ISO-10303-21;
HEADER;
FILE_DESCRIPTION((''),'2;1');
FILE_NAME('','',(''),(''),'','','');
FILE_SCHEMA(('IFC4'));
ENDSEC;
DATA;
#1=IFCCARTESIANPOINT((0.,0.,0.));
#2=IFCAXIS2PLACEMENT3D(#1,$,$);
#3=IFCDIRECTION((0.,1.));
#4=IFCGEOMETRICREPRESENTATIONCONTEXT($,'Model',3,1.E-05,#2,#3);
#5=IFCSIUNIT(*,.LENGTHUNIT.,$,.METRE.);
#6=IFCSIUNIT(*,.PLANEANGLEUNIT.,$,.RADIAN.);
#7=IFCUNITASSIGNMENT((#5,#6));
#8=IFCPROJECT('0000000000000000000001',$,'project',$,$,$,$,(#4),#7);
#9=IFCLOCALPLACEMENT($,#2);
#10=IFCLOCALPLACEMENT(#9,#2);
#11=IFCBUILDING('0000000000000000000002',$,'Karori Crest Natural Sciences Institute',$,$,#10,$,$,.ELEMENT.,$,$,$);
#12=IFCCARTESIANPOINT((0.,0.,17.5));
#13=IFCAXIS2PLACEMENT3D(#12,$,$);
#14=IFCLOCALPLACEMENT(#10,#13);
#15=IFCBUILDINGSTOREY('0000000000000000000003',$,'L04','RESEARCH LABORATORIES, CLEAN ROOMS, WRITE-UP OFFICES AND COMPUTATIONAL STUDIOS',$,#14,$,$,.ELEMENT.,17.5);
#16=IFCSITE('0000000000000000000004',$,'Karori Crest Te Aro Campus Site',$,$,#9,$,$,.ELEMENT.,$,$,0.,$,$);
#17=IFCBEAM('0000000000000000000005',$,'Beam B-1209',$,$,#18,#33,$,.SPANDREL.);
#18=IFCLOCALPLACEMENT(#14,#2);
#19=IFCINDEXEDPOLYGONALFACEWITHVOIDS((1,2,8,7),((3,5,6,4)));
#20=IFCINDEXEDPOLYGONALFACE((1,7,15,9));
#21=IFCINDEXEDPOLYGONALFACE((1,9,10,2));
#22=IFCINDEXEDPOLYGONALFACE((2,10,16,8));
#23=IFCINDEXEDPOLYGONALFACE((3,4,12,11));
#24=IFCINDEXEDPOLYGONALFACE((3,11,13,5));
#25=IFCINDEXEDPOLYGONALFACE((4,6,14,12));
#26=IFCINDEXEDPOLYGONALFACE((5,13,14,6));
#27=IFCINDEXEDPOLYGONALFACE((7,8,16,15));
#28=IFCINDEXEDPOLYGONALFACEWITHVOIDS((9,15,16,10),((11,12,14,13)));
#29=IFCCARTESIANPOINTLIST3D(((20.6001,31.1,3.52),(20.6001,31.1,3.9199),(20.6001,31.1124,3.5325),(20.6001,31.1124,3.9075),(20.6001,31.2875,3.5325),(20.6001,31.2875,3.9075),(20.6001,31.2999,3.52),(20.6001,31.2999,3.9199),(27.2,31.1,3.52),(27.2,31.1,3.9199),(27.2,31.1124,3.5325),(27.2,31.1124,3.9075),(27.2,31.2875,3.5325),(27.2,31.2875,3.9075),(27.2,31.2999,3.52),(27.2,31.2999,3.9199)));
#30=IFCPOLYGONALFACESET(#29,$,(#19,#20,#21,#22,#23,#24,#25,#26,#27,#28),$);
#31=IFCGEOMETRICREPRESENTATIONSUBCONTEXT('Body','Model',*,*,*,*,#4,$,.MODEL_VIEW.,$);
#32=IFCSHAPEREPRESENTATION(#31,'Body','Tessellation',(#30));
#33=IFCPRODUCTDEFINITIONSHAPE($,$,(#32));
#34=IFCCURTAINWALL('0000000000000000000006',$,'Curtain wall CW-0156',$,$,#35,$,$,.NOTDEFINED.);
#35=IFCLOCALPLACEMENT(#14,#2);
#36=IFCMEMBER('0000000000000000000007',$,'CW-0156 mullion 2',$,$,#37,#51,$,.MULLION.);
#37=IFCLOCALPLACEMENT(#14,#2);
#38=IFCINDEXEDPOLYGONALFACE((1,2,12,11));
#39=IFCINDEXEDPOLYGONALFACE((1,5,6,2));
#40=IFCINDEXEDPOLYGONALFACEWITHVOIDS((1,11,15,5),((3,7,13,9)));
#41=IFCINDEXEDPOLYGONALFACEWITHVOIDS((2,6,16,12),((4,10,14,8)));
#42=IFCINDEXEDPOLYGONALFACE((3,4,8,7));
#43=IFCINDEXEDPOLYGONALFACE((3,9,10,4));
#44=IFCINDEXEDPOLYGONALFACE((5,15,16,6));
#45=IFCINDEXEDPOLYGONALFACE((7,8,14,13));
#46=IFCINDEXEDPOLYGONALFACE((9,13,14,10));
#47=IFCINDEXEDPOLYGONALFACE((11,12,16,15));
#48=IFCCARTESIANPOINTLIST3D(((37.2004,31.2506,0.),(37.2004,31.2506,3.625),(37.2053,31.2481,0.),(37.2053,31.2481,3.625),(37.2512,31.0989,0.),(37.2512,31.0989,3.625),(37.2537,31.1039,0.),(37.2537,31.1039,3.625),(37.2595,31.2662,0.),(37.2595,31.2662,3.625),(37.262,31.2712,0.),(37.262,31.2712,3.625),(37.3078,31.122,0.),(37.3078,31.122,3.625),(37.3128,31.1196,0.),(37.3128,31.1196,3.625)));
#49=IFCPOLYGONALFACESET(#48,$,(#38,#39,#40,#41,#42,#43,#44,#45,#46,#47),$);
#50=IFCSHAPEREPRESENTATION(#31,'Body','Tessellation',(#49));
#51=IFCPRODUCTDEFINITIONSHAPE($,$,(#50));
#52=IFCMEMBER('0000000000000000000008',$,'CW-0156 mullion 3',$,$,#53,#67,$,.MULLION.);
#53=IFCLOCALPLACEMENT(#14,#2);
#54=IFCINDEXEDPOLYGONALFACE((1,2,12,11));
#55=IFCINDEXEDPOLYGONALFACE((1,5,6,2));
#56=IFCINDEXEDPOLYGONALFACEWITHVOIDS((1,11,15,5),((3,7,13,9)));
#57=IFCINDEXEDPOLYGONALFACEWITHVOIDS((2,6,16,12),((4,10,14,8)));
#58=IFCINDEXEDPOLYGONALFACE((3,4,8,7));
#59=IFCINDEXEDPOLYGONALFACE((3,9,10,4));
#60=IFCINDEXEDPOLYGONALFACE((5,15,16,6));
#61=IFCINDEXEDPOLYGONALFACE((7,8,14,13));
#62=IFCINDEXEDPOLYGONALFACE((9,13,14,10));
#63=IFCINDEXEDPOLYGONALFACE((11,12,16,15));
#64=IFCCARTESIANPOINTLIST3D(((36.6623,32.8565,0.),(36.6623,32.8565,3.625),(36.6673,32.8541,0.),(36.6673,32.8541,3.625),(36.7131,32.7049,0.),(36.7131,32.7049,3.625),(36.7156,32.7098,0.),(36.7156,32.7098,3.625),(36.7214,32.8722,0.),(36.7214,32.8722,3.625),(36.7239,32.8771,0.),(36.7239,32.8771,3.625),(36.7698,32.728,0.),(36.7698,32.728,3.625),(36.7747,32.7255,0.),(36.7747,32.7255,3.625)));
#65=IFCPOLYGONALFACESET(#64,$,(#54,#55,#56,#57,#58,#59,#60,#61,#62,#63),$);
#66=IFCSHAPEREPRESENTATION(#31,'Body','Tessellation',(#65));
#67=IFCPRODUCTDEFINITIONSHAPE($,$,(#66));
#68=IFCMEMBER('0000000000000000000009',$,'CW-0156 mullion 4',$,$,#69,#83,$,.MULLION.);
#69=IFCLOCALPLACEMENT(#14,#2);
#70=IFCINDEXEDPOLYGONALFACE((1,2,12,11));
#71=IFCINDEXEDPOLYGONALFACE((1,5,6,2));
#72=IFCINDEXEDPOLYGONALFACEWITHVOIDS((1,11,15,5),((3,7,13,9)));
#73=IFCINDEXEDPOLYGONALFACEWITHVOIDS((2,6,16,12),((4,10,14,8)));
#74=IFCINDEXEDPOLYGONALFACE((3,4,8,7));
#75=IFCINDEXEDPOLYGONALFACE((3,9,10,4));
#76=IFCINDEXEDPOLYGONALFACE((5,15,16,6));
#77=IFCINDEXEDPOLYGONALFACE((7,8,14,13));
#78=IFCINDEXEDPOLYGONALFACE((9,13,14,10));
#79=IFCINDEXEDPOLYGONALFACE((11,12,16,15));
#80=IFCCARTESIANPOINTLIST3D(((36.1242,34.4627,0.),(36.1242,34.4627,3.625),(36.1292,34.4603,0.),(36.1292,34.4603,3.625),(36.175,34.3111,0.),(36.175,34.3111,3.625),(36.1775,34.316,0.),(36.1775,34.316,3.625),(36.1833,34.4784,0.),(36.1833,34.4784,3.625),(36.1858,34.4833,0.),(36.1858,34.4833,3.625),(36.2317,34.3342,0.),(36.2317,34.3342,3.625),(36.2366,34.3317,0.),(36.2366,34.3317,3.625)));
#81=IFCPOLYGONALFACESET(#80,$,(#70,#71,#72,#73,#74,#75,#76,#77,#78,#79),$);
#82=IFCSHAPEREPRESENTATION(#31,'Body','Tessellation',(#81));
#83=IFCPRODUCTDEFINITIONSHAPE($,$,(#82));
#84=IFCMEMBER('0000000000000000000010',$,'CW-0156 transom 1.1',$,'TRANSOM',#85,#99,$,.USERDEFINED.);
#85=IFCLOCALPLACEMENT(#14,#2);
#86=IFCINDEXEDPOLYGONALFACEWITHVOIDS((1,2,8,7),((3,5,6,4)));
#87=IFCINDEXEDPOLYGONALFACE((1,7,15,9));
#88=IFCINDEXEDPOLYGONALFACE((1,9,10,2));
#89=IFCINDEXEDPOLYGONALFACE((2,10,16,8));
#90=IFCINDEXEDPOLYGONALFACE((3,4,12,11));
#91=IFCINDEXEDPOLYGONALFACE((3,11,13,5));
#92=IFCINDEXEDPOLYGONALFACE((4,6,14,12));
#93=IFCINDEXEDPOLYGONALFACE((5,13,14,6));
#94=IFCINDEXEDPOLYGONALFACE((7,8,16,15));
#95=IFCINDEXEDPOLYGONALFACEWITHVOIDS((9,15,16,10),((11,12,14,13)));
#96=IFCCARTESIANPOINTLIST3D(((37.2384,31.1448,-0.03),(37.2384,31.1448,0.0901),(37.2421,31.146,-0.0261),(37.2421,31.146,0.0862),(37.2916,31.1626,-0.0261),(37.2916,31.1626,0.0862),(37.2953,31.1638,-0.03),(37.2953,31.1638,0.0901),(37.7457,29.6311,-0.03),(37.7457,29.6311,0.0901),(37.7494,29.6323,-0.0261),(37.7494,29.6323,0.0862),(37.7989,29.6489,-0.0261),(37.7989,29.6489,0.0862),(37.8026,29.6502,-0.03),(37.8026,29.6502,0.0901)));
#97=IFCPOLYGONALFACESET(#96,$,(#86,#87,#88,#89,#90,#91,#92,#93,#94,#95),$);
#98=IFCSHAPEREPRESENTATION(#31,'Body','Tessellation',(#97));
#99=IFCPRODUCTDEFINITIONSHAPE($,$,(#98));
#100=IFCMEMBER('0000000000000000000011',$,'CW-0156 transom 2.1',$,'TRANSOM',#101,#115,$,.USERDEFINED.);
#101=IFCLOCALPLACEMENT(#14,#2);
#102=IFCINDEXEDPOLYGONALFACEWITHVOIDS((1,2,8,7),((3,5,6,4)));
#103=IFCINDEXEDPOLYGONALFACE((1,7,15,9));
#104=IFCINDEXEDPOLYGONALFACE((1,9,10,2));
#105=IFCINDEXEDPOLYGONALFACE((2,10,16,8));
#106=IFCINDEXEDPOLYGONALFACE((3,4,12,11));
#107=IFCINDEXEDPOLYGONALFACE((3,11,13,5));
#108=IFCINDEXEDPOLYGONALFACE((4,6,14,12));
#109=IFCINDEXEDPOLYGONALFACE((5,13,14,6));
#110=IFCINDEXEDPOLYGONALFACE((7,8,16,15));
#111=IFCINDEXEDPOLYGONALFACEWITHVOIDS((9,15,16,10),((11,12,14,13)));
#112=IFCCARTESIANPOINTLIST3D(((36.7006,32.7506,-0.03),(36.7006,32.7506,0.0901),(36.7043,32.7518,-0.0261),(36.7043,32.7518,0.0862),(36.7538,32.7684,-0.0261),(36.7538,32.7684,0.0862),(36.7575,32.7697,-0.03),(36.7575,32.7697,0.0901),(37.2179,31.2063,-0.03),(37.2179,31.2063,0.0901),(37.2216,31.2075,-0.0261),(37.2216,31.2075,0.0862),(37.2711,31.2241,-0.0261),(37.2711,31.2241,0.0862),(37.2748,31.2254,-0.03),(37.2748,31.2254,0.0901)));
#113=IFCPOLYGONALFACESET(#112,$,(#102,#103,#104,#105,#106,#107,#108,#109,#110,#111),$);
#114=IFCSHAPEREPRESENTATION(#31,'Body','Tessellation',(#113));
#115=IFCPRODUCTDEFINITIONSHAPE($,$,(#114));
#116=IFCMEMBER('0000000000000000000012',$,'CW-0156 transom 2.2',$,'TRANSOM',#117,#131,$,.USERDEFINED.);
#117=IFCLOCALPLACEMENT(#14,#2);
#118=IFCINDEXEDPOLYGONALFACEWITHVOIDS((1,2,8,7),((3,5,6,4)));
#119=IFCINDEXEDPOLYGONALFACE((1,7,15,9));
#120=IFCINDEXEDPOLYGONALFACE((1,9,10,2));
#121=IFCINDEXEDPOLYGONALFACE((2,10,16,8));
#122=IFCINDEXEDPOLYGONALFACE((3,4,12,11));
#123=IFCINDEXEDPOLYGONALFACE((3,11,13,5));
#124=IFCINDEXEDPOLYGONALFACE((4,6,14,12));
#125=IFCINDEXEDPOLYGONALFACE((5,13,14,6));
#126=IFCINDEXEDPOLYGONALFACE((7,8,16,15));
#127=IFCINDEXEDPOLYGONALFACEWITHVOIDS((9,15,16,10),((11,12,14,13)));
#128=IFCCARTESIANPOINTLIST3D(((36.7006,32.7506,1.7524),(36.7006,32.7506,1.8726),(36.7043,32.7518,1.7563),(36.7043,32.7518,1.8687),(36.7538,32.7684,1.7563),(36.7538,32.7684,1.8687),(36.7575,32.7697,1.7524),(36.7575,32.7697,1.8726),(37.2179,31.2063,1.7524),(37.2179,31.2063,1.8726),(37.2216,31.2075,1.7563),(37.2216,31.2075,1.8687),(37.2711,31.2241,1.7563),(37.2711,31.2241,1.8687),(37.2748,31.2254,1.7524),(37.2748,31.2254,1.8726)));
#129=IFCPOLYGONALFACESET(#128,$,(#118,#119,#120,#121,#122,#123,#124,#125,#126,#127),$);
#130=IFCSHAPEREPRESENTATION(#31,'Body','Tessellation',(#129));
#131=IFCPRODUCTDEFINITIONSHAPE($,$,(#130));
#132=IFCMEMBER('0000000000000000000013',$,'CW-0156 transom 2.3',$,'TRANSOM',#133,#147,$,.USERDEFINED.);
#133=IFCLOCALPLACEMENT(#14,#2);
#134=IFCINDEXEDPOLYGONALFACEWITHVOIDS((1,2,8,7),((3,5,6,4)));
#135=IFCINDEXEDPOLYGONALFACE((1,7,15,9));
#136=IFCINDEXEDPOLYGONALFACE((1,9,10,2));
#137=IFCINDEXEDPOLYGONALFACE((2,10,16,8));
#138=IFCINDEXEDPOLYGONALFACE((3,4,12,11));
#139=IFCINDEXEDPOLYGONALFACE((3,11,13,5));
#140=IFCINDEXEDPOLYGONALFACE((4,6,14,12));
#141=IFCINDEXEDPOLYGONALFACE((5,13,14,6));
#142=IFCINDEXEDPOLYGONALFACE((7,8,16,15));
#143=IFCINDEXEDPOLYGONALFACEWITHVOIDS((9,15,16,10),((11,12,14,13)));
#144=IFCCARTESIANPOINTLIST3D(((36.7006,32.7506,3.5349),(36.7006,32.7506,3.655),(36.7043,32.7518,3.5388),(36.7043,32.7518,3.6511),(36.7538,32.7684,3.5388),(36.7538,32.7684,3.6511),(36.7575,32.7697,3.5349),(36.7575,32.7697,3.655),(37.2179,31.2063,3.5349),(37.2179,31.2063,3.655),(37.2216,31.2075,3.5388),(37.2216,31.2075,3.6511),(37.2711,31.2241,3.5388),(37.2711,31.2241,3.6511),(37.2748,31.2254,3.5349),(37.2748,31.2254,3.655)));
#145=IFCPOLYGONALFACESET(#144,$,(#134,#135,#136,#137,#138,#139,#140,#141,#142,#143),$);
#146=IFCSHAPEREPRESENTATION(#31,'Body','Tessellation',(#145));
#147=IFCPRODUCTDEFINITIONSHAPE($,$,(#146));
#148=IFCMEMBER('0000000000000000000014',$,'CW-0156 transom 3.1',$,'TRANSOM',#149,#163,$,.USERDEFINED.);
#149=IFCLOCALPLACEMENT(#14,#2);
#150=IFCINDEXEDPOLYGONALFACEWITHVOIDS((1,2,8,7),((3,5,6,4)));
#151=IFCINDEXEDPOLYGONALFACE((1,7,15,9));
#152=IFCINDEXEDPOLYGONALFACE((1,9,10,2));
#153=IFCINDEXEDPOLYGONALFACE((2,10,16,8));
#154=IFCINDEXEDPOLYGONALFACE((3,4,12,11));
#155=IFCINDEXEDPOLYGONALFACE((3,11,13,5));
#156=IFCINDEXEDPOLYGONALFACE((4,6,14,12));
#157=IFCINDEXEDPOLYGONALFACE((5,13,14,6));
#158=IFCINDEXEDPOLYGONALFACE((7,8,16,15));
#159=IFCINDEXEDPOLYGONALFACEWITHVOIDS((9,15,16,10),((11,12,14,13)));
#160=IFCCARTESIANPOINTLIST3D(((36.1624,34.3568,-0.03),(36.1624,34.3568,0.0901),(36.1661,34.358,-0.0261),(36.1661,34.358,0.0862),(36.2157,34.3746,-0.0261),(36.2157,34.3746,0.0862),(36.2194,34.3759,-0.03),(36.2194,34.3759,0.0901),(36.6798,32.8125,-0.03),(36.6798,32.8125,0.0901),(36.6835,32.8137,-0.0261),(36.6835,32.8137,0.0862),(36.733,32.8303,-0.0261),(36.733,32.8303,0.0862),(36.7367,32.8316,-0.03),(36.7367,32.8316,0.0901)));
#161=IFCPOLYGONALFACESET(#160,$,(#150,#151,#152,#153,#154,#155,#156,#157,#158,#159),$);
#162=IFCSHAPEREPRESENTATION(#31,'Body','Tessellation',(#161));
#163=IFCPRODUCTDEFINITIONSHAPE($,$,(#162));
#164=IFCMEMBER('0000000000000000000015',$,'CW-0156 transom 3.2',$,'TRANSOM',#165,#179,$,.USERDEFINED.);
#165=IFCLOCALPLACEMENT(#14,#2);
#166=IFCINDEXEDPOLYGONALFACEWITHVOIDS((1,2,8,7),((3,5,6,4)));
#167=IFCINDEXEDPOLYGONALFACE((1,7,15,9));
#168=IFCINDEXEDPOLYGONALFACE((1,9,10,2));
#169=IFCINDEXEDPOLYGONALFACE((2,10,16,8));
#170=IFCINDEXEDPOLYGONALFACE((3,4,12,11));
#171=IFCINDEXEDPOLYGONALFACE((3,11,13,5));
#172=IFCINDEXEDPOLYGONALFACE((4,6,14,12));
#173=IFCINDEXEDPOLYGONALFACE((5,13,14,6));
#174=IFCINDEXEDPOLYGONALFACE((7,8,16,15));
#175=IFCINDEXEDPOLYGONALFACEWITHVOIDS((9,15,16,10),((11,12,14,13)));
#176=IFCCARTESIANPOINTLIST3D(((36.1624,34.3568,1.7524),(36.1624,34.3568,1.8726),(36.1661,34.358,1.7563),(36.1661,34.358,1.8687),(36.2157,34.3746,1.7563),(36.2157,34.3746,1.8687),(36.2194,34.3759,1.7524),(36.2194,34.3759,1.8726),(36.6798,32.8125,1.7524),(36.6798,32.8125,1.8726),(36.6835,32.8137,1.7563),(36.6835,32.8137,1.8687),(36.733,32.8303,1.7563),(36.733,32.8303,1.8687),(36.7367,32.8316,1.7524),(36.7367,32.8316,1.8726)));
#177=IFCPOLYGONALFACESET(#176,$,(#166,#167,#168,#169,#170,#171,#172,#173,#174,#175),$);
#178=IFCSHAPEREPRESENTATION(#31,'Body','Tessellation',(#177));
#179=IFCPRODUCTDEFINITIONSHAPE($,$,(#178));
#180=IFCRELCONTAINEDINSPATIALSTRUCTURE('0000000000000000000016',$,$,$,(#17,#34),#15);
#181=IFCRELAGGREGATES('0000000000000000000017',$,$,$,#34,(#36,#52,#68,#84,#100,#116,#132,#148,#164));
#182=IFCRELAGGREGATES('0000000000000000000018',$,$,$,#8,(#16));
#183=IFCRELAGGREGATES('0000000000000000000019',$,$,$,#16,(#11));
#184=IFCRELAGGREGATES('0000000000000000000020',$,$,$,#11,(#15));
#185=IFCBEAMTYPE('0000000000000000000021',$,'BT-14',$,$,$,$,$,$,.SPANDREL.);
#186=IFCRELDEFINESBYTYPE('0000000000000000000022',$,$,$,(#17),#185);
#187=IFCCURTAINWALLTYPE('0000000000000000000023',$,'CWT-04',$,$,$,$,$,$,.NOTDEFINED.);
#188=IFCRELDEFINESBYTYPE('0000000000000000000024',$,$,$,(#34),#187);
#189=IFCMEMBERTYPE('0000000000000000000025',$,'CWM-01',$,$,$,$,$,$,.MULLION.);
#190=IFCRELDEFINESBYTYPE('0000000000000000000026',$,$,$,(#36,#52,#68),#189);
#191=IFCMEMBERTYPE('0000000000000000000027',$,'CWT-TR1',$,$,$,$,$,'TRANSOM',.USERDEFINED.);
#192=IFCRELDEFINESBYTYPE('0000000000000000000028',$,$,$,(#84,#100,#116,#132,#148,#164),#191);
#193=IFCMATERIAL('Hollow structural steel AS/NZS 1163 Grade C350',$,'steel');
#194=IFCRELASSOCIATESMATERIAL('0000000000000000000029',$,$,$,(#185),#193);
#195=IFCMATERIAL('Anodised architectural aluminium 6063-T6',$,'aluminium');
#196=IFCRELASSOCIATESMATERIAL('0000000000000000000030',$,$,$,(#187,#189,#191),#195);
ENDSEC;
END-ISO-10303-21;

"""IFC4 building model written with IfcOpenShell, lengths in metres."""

from ifc_helpers import new_model, si_unit, direction, frame, origin, origin_2d, place, context, subcontext, project, spatial, hollow_rectangle, extrude, material, material_profile, profile_set, type_object, element, aggregate, save


model = new_model("IFC4")

# Units and contexts
model_context = context("Model", 3, precision=1e-05, world=origin(), true_north=direction((0.0, 1.0)))
body_context = subcontext(model_context, "Body", "Model", "MODEL_VIEW")
ifc_project = project(units=[si_unit("LENGTHUNIT", "METRE"), si_unit("PLANEANGLEUNIT", "RADIAN")], contexts=[model_context])

# Site, building, storey
site_placement = place(None, origin())
site = spatial("IfcSite", under=ifc_project, at=site_placement, Name="Karori Crest Te Aro Campus Site", CompositionType="ELEMENT", RefElevation=0.0)
building_placement = place(site_placement, origin())
building = spatial("IfcBuilding", under=site, at=building_placement, Name="Karori Crest Natural Sciences Institute", CompositionType="ELEMENT")
storey_placement = place(building_placement, frame((0.0, 0.0, 17.5)))
storey = spatial("IfcBuildingStorey", under=building, at=storey_placement, Name="L04", Description="RESEARCH LABORATORIES, CLEAN ROOMS, WRITE-UP OFFICES AND COMPUTATIONAL STUDIOS", CompositionType="ELEMENT", Elevation=17.5)

# Shared definitions
ifc_material_1 = material(Name="Hollow structural steel AS/NZS 1163 Grade C350", Category="steel")

# Beam
ifc_material_profile_1 = material_profile(ifc_material_1, hollow_rectangle(XDim=0.2, YDim=0.3999, WallThickness=0.0125, at=origin_2d()), Name="RHS400x200x12.5")
ifc_profile_set_1 = profile_set([ifc_material_profile_1], Name="Hollow structural steel AS/NZS 1163 Grade C350")
beam_type_1 = type_object("IfcBeamType", Name="BT-14", PredefinedType="SPANDREL", material=ifc_profile_set_1)
beam_1_placement = place(storey_placement, frame((20.6001, 31.2, 3.72), z_axis=(1.0, 0.0, 0.0), x_axis=(0.0, 1.0, 0.0)))
element("IfcBeam", 1, at=beam_1_placement, inside=storey, type_object=beam_type_1, Name="Beam B-1209", PredefinedType="SPANDREL", context=body_context, shape_type="SweptSolid", body=[
    extrude(hollow_rectangle(XDim=0.2, YDim=0.3999, WallThickness=0.0125, at=origin_2d()), origin(), (0.0, 0.0, 1.0), 6.5999),
])

# Curtain wall, members
ifc_material_2 = material(Name="Anodised architectural aluminium 6063-T6", Category="aluminium")
curtain_wall_type = type_object("IfcCurtainWallType", Name="CWT-04", PredefinedType="NOTDEFINED", material=ifc_material_2)
curtain_wall_placement = place(storey_placement, origin())
curtain_wall = element("IfcCurtainWall", 2, at=curtain_wall_placement, inside=storey, type_object=curtain_wall_type, Name="Curtain wall CW-0156", PredefinedType="NOTDEFINED")
ifc_material_profile_2 = material_profile(ifc_material_2, hollow_rectangle(XDim=0.0649, YDim=0.1599, WallThickness=0.0039, at=origin_2d()), Name="CWM160x65x4")
ifc_profile_set_2 = profile_set([ifc_material_profile_2], Name="Anodised architectural aluminium 6063-T6")
member_type_1 = type_object("IfcMemberType", Name="CWM-01", PredefinedType="MULLION", material=ifc_profile_set_2)
member_1_placement = place(storey_placement, frame((37.2566, 31.1851, 0.0), z_axis=(0.0, 0.0, 1.0), x_axis=(-0.948198, -0.31768, 0.0)))
member_1 = element("IfcMember", 3, at=member_1_placement, type_object=member_type_1, Name="CW-0156 mullion 2", PredefinedType="MULLION", context=body_context, shape_type="SweptSolid", body=[
    extrude(hollow_rectangle(XDim=0.0649, YDim=0.1599, WallThickness=0.0039, at=origin_2d()), origin(), (0.0, 0.0, 1.0), 3.625),
])
member_2_placement = place(storey_placement, frame((36.7185, 32.791, 0.0), z_axis=(0.0, 0.0, 1.0), x_axis=(-0.948198, -0.31768, 0.0)))
member_2 = element("IfcMember", 4, at=member_2_placement, type_object=member_type_1, Name="CW-0156 mullion 3", PredefinedType="MULLION", context=body_context, shape_type="SweptSolid", body=[
    extrude(hollow_rectangle(XDim=0.0649, YDim=0.1599, WallThickness=0.0039, at=origin_2d()), origin(), (0.0, 0.0, 1.0), 3.625),
])
member_3_placement = place(storey_placement, frame((36.1804, 34.3972, 0.0), z_axis=(0.0, 0.0, 1.0), x_axis=(-0.948198, -0.31768, 0.0)))
member_3 = element("IfcMember", 5, at=member_3_placement, type_object=member_type_1, Name="CW-0156 mullion 4", PredefinedType="MULLION", context=body_context, shape_type="SweptSolid", body=[
    extrude(hollow_rectangle(XDim=0.0649, YDim=0.1599, WallThickness=0.0039, at=origin_2d()), origin(), (0.0, 0.0, 1.0), 3.625),
])
ifc_material_profile_3 = material_profile(ifc_material_2, hollow_rectangle(XDim=0.0601, YDim=0.1201, WallThickness=0.0039, at=origin_2d()), Name="CWT120x60x4")
ifc_profile_set_3 = profile_set([ifc_material_profile_3], Name="Anodised architectural aluminium 6063-T6")
member_type_2 = type_object("IfcMemberType", Name="CWT-TR1", ElementType="TRANSOM", PredefinedType="USERDEFINED", material=ifc_profile_set_3)
member_4_placement = place(storey_placement, frame((37.7742, 29.6406, 0.03), z_axis=(-0.317787, 0.948162, 0.0), x_axis=(-0.948162, -0.317787, 0.0)))
member_4 = element("IfcMember", 6, at=member_4_placement, type_object=member_type_2, Name="CW-0156 transom 1.1", ObjectType="TRANSOM", PredefinedType="USERDEFINED", context=body_context, shape_type="SweptSolid", body=[
    extrude(hollow_rectangle(XDim=0.0601, YDim=0.1201, WallThickness=0.0039, at=origin_2d()), origin(), (0.0, 0.0, 1.0), 1.5964),
])
member_5_placement = place(storey_placement, frame((37.2463, 31.2158, 0.03), z_axis=(-0.317621, 0.948218, 0.0), x_axis=(-0.948218, -0.317621, 0.0)))
member_5 = element("IfcMember", 7, at=member_5_placement, type_object=member_type_2, Name="CW-0156 transom 2.1", ObjectType="TRANSOM", PredefinedType="USERDEFINED", context=body_context, shape_type="SweptSolid", body=[
    extrude(hollow_rectangle(XDim=0.0601, YDim=0.1201, WallThickness=0.0039, at=origin_2d()), origin(), (0.0, 0.0, 1.0), 1.6287),
])
member_6_placement = place(storey_placement, frame((37.2463, 31.2158, 1.8125), z_axis=(-0.317621, 0.948218, 0.0), x_axis=(-0.948218, -0.317621, 0.0)))
member_6 = element("IfcMember", 8, at=member_6_placement, type_object=member_type_2, Name="CW-0156 transom 2.2", ObjectType="TRANSOM", PredefinedType="USERDEFINED", context=body_context, shape_type="SweptSolid", body=[
    extrude(hollow_rectangle(XDim=0.0601, YDim=0.1201, WallThickness=0.0039, at=origin_2d()), origin(), (0.0, 0.0, 1.0), 1.6287),
])
member_7_placement = place(storey_placement, frame((37.2463, 31.2158, 3.595), z_axis=(-0.317621, 0.948218, 0.0), x_axis=(-0.948218, -0.317621, 0.0)))
member_7 = element("IfcMember", 9, at=member_7_placement, type_object=member_type_2, Name="CW-0156 transom 2.3", ObjectType="TRANSOM", PredefinedType="USERDEFINED", context=body_context, shape_type="SweptSolid", body=[
    extrude(hollow_rectangle(XDim=0.0601, YDim=0.1201, WallThickness=0.0039, at=origin_2d()), origin(), (0.0, 0.0, 1.0), 1.6287),
])
member_8_placement = place(storey_placement, frame((36.7083, 32.822, 0.03), z_axis=(-0.317667, 0.948202, 0.0), x_axis=(-0.948202, -0.317667, 0.0)))
member_8 = element("IfcMember", 10, at=member_8_placement, type_object=member_type_2, Name="CW-0156 transom 3.1", ObjectType="TRANSOM", PredefinedType="USERDEFINED", context=body_context, shape_type="SweptSolid", body=[
    extrude(hollow_rectangle(XDim=0.0601, YDim=0.1201, WallThickness=0.0039, at=origin_2d()), origin(), (0.0, 0.0, 1.0), 1.6287),
])
member_9_placement = place(storey_placement, frame((36.7083, 32.822, 1.8125), z_axis=(-0.317667, 0.948202, 0.0), x_axis=(-0.948202, -0.317667, 0.0)))
member_9 = element("IfcMember", 11, at=member_9_placement, type_object=member_type_2, Name="CW-0156 transom 3.2", ObjectType="TRANSOM", PredefinedType="USERDEFINED", context=body_context, shape_type="SweptSolid", body=[
    extrude(hollow_rectangle(XDim=0.0601, YDim=0.1201, WallThickness=0.0039, at=origin_2d()), origin(), (0.0, 0.0, 1.0), 1.6287),
])
aggregate(curtain_wall, [member_1, member_2, member_3, member_4, member_5, member_6, member_7, member_8, member_9])

save(model, "model.ifc")
